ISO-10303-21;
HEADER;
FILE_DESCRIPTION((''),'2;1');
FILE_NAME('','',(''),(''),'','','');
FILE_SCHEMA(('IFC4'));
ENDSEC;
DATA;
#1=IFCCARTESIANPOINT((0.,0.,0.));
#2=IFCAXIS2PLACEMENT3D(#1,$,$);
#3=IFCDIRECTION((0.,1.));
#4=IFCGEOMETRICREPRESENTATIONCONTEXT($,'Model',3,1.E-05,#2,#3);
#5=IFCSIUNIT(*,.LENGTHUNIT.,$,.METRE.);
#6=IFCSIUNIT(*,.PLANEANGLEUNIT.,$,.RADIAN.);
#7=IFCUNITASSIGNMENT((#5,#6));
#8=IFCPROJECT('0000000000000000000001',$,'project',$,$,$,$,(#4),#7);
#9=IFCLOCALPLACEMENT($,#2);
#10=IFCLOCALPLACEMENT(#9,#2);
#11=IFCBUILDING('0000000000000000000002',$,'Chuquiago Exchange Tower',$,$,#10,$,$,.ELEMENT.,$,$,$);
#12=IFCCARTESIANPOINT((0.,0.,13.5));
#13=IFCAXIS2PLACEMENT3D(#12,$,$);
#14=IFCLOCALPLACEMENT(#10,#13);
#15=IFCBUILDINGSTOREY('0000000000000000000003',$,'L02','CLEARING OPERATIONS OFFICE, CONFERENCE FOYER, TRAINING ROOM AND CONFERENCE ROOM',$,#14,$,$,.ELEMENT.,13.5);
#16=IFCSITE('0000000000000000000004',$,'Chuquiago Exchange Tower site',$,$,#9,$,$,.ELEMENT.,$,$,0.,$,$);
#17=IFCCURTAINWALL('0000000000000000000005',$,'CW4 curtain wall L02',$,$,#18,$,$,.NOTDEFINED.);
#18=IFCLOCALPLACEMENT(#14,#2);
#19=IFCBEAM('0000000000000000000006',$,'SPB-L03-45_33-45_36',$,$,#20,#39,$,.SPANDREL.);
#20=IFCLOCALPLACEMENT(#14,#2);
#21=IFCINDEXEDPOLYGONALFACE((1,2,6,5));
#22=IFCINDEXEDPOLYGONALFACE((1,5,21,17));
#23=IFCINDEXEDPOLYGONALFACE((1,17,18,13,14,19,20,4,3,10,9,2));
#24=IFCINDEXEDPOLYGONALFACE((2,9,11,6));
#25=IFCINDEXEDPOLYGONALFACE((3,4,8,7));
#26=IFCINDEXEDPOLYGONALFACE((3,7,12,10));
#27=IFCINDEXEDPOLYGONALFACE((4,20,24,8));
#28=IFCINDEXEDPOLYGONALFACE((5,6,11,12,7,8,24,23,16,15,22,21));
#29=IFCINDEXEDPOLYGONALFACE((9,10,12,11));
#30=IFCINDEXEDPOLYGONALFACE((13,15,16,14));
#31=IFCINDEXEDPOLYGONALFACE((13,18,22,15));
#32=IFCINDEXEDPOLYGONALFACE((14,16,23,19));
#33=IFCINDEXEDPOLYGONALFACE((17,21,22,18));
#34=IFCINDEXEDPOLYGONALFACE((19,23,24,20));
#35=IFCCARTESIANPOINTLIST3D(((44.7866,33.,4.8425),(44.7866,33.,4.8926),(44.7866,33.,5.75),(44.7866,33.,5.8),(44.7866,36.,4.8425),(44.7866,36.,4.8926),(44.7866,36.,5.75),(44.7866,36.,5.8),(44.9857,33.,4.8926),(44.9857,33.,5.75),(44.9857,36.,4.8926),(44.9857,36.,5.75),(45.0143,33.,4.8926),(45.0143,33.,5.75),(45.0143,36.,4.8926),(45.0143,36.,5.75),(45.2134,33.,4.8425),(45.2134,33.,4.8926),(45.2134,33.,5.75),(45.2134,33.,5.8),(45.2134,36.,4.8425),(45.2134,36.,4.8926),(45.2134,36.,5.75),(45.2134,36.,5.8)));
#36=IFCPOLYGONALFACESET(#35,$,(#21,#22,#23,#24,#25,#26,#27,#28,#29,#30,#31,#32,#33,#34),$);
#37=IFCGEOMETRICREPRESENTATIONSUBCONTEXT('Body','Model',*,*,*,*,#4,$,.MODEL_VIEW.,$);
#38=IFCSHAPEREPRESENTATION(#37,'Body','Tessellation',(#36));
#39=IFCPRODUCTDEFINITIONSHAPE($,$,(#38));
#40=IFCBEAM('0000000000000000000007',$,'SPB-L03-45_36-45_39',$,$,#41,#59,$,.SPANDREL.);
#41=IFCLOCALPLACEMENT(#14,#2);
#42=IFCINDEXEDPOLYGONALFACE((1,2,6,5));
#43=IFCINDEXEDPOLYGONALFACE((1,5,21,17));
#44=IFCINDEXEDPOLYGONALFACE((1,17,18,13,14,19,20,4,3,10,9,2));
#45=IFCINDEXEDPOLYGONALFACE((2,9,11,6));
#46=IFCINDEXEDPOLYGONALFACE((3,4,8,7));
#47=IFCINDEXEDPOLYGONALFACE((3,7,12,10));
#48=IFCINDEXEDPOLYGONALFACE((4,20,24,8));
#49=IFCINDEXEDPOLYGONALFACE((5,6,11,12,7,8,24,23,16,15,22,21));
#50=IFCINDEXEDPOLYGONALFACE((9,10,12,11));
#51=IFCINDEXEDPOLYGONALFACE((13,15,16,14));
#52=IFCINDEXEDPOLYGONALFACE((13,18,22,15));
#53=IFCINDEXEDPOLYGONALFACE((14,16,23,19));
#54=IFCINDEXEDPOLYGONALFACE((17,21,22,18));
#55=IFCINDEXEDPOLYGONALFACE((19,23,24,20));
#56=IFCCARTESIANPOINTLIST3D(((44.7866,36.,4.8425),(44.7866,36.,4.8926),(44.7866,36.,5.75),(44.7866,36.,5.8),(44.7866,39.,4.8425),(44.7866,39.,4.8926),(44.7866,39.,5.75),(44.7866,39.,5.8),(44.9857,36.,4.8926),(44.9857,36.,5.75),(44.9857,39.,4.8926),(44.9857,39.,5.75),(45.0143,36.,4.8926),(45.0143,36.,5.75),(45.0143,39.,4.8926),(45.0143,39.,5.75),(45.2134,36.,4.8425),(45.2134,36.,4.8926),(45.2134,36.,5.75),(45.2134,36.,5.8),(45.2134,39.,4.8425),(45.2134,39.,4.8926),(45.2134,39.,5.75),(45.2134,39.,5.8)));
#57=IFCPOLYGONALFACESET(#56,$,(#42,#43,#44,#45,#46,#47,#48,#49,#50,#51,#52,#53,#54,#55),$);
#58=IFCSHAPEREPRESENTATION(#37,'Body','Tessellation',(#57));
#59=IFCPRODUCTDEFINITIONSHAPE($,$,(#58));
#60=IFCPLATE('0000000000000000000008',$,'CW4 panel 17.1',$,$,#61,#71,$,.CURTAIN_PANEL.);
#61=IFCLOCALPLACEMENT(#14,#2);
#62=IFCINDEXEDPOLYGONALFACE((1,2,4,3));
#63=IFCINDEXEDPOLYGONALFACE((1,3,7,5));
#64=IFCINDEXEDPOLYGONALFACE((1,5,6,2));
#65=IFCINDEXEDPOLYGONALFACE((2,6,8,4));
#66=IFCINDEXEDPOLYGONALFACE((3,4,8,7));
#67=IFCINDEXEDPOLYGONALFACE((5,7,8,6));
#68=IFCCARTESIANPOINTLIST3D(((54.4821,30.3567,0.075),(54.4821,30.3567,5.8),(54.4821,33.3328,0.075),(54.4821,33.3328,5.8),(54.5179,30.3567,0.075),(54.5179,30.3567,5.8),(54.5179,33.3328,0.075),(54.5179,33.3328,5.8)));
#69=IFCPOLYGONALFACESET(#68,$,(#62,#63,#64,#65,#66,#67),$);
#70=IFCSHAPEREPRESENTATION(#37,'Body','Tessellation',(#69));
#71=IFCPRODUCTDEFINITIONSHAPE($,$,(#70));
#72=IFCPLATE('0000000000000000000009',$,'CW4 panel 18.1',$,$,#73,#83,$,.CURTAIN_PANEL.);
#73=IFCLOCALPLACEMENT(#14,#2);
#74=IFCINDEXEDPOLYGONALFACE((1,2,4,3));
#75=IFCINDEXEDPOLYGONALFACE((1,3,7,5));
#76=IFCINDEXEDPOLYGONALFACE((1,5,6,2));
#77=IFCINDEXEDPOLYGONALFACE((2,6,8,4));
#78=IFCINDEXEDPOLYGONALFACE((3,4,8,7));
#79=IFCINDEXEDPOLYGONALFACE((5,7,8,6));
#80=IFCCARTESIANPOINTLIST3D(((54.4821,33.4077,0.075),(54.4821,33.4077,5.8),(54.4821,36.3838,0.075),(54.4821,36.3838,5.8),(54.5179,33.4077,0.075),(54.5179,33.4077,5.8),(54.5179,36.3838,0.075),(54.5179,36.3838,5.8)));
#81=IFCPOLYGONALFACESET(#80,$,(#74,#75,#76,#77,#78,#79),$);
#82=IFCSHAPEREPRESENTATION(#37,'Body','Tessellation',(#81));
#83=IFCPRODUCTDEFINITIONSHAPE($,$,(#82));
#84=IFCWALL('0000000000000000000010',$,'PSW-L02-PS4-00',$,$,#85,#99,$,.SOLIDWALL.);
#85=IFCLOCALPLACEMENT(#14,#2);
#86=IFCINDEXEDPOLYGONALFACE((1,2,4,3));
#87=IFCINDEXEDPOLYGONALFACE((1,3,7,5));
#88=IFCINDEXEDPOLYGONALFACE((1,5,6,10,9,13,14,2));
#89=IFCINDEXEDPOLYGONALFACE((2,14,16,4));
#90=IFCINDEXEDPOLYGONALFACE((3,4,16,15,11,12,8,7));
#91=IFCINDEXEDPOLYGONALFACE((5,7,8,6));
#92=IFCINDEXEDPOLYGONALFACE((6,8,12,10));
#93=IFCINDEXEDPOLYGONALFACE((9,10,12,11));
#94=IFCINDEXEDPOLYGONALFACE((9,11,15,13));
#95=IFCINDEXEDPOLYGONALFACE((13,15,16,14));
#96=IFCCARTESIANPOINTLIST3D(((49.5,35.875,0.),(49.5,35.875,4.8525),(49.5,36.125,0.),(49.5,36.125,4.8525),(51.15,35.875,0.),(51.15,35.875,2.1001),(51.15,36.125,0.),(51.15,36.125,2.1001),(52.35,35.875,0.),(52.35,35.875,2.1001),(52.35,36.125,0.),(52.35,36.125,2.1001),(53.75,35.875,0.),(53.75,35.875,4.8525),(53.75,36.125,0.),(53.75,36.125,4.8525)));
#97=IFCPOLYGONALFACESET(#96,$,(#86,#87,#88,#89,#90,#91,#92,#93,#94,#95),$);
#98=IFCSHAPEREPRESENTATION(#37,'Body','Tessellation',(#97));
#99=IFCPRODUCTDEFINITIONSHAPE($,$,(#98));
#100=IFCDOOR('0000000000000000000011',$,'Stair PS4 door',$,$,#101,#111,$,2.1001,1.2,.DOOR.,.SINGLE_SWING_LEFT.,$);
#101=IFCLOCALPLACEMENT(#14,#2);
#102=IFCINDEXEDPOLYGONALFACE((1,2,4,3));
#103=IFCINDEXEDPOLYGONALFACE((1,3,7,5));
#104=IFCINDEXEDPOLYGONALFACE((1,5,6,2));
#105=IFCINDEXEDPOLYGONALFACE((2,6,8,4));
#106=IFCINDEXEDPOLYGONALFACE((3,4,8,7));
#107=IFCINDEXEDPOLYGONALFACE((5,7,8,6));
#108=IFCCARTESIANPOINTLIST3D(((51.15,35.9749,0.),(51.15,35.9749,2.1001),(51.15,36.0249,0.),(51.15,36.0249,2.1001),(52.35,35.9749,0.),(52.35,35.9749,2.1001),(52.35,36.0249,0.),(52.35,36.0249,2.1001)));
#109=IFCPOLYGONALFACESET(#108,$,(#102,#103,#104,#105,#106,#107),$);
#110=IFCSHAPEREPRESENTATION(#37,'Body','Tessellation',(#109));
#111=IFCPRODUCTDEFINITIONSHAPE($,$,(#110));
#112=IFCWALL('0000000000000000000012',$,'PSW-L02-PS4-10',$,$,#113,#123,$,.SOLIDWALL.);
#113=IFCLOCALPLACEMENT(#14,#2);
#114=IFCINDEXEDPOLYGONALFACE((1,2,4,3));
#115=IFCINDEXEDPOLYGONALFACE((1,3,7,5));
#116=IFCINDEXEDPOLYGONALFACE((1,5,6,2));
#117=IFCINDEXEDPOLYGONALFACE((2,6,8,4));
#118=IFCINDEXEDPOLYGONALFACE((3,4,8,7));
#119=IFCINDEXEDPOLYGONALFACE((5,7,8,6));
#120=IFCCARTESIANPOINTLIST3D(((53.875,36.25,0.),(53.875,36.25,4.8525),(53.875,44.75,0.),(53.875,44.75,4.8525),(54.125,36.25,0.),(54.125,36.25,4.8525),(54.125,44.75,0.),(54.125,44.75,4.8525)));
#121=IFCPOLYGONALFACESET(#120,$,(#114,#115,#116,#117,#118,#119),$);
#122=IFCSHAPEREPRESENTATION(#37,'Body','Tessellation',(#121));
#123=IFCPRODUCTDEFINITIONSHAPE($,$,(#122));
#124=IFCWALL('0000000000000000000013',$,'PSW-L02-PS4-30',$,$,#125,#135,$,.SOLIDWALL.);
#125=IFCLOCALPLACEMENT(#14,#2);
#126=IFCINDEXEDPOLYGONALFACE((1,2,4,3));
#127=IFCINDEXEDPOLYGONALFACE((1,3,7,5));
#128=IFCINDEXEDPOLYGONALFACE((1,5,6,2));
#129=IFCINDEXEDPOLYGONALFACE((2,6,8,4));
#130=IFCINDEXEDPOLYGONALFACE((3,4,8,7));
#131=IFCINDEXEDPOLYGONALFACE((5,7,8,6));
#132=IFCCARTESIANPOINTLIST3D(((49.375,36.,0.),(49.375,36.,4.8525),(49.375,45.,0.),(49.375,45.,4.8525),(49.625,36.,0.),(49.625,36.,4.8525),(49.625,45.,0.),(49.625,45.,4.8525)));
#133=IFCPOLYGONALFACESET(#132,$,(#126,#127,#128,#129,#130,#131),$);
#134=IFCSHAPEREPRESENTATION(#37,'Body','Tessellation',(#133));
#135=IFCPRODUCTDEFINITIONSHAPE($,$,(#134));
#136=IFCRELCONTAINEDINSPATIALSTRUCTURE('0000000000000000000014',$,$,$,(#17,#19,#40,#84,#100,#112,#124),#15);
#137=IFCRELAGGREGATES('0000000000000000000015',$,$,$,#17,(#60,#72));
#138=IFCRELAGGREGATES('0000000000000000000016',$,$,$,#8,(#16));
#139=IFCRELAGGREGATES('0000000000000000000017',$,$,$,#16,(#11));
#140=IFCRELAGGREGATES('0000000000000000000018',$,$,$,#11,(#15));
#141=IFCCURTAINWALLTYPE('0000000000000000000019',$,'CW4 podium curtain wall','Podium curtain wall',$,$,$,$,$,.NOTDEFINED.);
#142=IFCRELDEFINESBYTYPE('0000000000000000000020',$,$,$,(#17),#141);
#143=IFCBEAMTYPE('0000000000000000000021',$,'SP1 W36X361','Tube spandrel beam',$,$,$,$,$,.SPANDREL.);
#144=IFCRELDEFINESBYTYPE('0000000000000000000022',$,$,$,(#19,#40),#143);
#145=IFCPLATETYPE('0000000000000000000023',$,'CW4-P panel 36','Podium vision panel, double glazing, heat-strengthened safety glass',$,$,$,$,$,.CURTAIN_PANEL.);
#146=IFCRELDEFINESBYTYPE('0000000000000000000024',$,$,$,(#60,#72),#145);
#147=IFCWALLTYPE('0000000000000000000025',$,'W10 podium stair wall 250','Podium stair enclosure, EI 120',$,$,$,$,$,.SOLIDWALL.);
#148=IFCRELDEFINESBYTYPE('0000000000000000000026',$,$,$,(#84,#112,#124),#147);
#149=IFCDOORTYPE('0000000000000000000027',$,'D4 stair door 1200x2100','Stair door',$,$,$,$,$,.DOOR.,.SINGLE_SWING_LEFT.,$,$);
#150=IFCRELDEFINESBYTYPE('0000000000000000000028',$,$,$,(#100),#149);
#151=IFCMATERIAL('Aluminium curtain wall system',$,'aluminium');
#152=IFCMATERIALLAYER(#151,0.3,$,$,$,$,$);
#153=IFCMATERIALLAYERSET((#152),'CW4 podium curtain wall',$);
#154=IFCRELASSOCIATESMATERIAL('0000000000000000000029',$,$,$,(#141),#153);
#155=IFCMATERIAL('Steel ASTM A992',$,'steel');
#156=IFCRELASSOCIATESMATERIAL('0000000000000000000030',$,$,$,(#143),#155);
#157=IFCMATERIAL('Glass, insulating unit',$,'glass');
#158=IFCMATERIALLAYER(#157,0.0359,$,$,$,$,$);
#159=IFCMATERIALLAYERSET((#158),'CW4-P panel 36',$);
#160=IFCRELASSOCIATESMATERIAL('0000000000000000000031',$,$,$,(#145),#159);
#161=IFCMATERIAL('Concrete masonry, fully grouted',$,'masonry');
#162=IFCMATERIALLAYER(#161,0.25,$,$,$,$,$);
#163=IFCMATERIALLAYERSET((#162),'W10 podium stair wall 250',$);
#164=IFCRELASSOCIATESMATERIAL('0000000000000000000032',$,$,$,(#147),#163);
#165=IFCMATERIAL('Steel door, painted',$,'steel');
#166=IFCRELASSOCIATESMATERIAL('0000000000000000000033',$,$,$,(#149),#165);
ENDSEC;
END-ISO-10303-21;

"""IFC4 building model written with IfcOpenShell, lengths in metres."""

from ifc_helpers import new_model, si_unit, direction, frame, frame_2d, origin, origin_2d, place, context, subcontext, project, spatial, rectangle, i_section, extrude, material, layer, layer_set, material_profile, profile_set, type_object, element, fill, aggregate, save


model = new_model("IFC4")

# Units and contexts
model_context = context("Model", 3, precision=1e-05, world=origin(), true_north=direction((0.0, 1.0)))
body_context = subcontext(model_context, "Body", "Model", "MODEL_VIEW")
ifc_project = project(units=[si_unit("LENGTHUNIT", "METRE"), si_unit("PLANEANGLEUNIT", "RADIAN")], contexts=[model_context])

# Site, building, storey
site_placement = place(None, origin())
site = spatial("IfcSite", under=ifc_project, at=site_placement, Name="Chuquiago Exchange Tower site", CompositionType="ELEMENT", RefElevation=0.0)
building_placement = place(site_placement, origin())
building = spatial("IfcBuilding", under=site, at=building_placement, Name="Chuquiago Exchange Tower", CompositionType="ELEMENT")
storey_placement = place(building_placement, frame((0.0, 0.0, 13.5)))
storey = spatial("IfcBuildingStorey", under=building, at=storey_placement, Name="L02", Description="CLEARING OPERATIONS OFFICE, CONFERENCE FOYER, TRAINING ROOM AND CONFERENCE ROOM", CompositionType="ELEMENT", Elevation=13.5)

# Curtain wall
ifc_material_1 = material(Name="Aluminium curtain wall system", Category="aluminium")
ifc_layer_1 = layer(ifc_material_1, 0.3)
ifc_layer_set_1 = layer_set([ifc_layer_1], Name="CW4 podium curtain wall")
curtain_wall_type = type_object("IfcCurtainWallType", Name="CW4 podium curtain wall", Description="Podium curtain wall", PredefinedType="NOTDEFINED", material=ifc_layer_set_1)
curtain_wall_placement = place(storey_placement, origin())
curtain_wall = element("IfcCurtainWall", 1, at=curtain_wall_placement, inside=storey, type_object=curtain_wall_type, Name="CW4 curtain wall L02", PredefinedType="NOTDEFINED")

# Beams
ifc_material_2 = material(Name="Steel ASTM A992", Category="steel")
ifc_material_profile_1 = material_profile(ifc_material_2, i_section(OverallWidth=0.4268, OverallDepth=0.9575, WebThickness=0.0286, FlangeThickness=0.05, at=origin_2d()), Name="W36X361")
ifc_profile_set_1 = profile_set([ifc_material_profile_1], Name="Steel ASTM A992")
beam_type_1 = type_object("IfcBeamType", Name="SP1 W36X361", Description="Tube spandrel beam", PredefinedType="SPANDREL", material=ifc_profile_set_1)
for number, where, z_axis, x_axis, name in (
    (2, (45.0, 33.0, 5.3213), (0.0, 1.0, 0.0), (-1.0, 0.0, 0.0), "SPB-L03-45_33-45_36"),
    (3, (45.0, 36.0, 5.3213), (0.0, 1.0, 0.0), (-1.0, 0.0, 0.0), "SPB-L03-45_36-45_39"),
):
    element("IfcBeam", number, at=place(storey_placement, frame(where, z_axis=z_axis, x_axis=x_axis)), inside=storey, type_object=beam_type_1, Name=name, PredefinedType="SPANDREL", context=body_context, shape_type="SweptSolid", body=[
        extrude(i_section(OverallWidth=0.4268, OverallDepth=0.9575, WebThickness=0.0286, FlangeThickness=0.05, at=origin_2d()), origin(), (0.0, 0.0, 1.0), 3.0),
    ])

# Plates
ifc_material_3 = material(Name="Glass, insulating unit", Category="glass")
ifc_layer_2 = layer(ifc_material_3, 0.0359)
ifc_layer_set_2 = layer_set([ifc_layer_2], Name="CW4-P panel 36")
plate_type = type_object("IfcPlateType", Name="CW4-P panel 36", Description="Podium vision panel, double glazing, heat-strengthened safety glass", PredefinedType="CURTAIN_PANEL", material=ifc_layer_set_2)
plate_1_placement = place(storey_placement, frame((54.5, 31.8447, 0.075), z_axis=(0.0, 0.0, 1.0), x_axis=(0.0, 1.0, 0.0)))
plate_1 = element("IfcPlate", 4, at=plate_1_placement, type_object=plate_type, Name="CW4 panel 17.1", PredefinedType="CURTAIN_PANEL", context=body_context, shape_type="SweptSolid", body=[
    extrude(rectangle(XDim=2.9761, YDim=0.0359, at=origin_2d()), origin(), (0.0, 0.0, 1.0), 5.7251),
])
plate_2_placement = place(storey_placement, frame((54.5, 34.8958, 0.075), z_axis=(0.0, 0.0, 1.0), x_axis=(0.0, 1.0, 0.0)))
plate_2 = element("IfcPlate", 5, at=plate_2_placement, type_object=plate_type, Name="CW4 panel 18.1", PredefinedType="CURTAIN_PANEL", context=body_context, shape_type="SweptSolid", body=[
    extrude(rectangle(XDim=2.9761, YDim=0.0359, at=origin_2d()), origin(), (0.0, 0.0, 1.0), 5.7251),
])
aggregate(curtain_wall, [plate_1, plate_2])

# Wall, opening, door
ifc_material_4 = material(Name="Concrete masonry, fully grouted", Category="masonry")
ifc_layer_3 = layer(ifc_material_4, 0.25)
ifc_layer_set_3 = layer_set([ifc_layer_3], Name="W10 podium stair wall 250")
wall_type = type_object("IfcWallType", Name="W10 podium stair wall 250", Description="Podium stair enclosure, EI 120", PredefinedType="SOLIDWALL", material=ifc_layer_set_3)
wall_1_placement = place(storey_placement, frame((49.5, 36.0, 0.0), z_axis=(0.0, 0.0, 1.0), x_axis=(1.0, 0.0, 0.0)))
wall_1 = element("IfcWall", 6, at=wall_1_placement, inside=storey, type_object=wall_type, Name="PSW-L02-PS4-00", PredefinedType="SOLIDWALL", context=body_context, shape_type="SweptSolid", body=[
    extrude(rectangle(XDim=4.25, YDim=0.25, at=frame_2d((2.125, 0.0))), origin(), (0.0, 0.0, 1.0), 4.8525),
])
opening_placement = place(wall_1_placement, frame((1.6499, 0.0, 0.0)))
opening = element("IfcOpeningElement", 7, at=opening_placement, cuts=wall_1, PredefinedType="OPENING", context=body_context, shape_type="SweptSolid", body=[
    extrude(rectangle(XDim=1.2, YDim=2.1001, at=frame_2d((0.6001, 1.05))), frame((0.0, 0.135, 0.0), z_axis=(0.0, -1.0, 0.0), x_axis=(1.0, 0.0, 0.0)), (0.0, 0.0, 1.0), 0.27),
])
ifc_material_5 = material(Name="Steel door, painted", Category="steel")
door_type = type_object("IfcDoorType", Name="D4 stair door 1200x2100", Description="Stair door", OperationType="SINGLE_SWING_LEFT", PredefinedType="DOOR", material=ifc_material_5)
door_placement = place(opening_placement, origin())
door = element("IfcDoor", 8, at=door_placement, inside=storey, type_object=door_type, Name="Stair PS4 door", OperationType="SINGLE_SWING_LEFT", OverallHeight=2.1001, OverallWidth=1.2, PredefinedType="DOOR", context=body_context, shape_type="SweptSolid", body=[
    extrude(rectangle(XDim=1.2, YDim=2.1001, at=frame_2d((0.6001, 1.05))), frame((0.0, 0.0249, 0.0), z_axis=(0.0, -1.0, 0.0), x_axis=(1.0, 0.0, 0.0)), (0.0, 0.0, 1.0), 0.05),
])
fill(opening, door)

# Walls
wall_2_placement = place(storey_placement, frame((54.0, 36.25, 0.0), z_axis=(0.0, 0.0, 1.0), x_axis=(0.0, 1.0, 0.0)))
element("IfcWall", 9, at=wall_2_placement, inside=storey, type_object=wall_type, Name="PSW-L02-PS4-10", PredefinedType="SOLIDWALL", context=body_context, shape_type="SweptSolid", body=[
    extrude(rectangle(XDim=8.5, YDim=0.25, at=frame_2d((4.25, 0.0))), origin(), (0.0, 0.0, 1.0), 4.8525),
])
wall_3_placement = place(storey_placement, frame((49.5, 36.0, 0.0), z_axis=(0.0, 0.0, 1.0), x_axis=(0.0, 1.0, 0.0)))
element("IfcWall", 10, at=wall_3_placement, inside=storey, type_object=wall_type, Name="PSW-L02-PS4-30", PredefinedType="SOLIDWALL", context=body_context, shape_type="SweptSolid", body=[
    extrude(rectangle(XDim=9.0, YDim=0.25, at=frame_2d((4.5, 0.0))), origin(), (0.0, 0.0, 1.0), 4.8525),
])

save(model, "model.ifc")
